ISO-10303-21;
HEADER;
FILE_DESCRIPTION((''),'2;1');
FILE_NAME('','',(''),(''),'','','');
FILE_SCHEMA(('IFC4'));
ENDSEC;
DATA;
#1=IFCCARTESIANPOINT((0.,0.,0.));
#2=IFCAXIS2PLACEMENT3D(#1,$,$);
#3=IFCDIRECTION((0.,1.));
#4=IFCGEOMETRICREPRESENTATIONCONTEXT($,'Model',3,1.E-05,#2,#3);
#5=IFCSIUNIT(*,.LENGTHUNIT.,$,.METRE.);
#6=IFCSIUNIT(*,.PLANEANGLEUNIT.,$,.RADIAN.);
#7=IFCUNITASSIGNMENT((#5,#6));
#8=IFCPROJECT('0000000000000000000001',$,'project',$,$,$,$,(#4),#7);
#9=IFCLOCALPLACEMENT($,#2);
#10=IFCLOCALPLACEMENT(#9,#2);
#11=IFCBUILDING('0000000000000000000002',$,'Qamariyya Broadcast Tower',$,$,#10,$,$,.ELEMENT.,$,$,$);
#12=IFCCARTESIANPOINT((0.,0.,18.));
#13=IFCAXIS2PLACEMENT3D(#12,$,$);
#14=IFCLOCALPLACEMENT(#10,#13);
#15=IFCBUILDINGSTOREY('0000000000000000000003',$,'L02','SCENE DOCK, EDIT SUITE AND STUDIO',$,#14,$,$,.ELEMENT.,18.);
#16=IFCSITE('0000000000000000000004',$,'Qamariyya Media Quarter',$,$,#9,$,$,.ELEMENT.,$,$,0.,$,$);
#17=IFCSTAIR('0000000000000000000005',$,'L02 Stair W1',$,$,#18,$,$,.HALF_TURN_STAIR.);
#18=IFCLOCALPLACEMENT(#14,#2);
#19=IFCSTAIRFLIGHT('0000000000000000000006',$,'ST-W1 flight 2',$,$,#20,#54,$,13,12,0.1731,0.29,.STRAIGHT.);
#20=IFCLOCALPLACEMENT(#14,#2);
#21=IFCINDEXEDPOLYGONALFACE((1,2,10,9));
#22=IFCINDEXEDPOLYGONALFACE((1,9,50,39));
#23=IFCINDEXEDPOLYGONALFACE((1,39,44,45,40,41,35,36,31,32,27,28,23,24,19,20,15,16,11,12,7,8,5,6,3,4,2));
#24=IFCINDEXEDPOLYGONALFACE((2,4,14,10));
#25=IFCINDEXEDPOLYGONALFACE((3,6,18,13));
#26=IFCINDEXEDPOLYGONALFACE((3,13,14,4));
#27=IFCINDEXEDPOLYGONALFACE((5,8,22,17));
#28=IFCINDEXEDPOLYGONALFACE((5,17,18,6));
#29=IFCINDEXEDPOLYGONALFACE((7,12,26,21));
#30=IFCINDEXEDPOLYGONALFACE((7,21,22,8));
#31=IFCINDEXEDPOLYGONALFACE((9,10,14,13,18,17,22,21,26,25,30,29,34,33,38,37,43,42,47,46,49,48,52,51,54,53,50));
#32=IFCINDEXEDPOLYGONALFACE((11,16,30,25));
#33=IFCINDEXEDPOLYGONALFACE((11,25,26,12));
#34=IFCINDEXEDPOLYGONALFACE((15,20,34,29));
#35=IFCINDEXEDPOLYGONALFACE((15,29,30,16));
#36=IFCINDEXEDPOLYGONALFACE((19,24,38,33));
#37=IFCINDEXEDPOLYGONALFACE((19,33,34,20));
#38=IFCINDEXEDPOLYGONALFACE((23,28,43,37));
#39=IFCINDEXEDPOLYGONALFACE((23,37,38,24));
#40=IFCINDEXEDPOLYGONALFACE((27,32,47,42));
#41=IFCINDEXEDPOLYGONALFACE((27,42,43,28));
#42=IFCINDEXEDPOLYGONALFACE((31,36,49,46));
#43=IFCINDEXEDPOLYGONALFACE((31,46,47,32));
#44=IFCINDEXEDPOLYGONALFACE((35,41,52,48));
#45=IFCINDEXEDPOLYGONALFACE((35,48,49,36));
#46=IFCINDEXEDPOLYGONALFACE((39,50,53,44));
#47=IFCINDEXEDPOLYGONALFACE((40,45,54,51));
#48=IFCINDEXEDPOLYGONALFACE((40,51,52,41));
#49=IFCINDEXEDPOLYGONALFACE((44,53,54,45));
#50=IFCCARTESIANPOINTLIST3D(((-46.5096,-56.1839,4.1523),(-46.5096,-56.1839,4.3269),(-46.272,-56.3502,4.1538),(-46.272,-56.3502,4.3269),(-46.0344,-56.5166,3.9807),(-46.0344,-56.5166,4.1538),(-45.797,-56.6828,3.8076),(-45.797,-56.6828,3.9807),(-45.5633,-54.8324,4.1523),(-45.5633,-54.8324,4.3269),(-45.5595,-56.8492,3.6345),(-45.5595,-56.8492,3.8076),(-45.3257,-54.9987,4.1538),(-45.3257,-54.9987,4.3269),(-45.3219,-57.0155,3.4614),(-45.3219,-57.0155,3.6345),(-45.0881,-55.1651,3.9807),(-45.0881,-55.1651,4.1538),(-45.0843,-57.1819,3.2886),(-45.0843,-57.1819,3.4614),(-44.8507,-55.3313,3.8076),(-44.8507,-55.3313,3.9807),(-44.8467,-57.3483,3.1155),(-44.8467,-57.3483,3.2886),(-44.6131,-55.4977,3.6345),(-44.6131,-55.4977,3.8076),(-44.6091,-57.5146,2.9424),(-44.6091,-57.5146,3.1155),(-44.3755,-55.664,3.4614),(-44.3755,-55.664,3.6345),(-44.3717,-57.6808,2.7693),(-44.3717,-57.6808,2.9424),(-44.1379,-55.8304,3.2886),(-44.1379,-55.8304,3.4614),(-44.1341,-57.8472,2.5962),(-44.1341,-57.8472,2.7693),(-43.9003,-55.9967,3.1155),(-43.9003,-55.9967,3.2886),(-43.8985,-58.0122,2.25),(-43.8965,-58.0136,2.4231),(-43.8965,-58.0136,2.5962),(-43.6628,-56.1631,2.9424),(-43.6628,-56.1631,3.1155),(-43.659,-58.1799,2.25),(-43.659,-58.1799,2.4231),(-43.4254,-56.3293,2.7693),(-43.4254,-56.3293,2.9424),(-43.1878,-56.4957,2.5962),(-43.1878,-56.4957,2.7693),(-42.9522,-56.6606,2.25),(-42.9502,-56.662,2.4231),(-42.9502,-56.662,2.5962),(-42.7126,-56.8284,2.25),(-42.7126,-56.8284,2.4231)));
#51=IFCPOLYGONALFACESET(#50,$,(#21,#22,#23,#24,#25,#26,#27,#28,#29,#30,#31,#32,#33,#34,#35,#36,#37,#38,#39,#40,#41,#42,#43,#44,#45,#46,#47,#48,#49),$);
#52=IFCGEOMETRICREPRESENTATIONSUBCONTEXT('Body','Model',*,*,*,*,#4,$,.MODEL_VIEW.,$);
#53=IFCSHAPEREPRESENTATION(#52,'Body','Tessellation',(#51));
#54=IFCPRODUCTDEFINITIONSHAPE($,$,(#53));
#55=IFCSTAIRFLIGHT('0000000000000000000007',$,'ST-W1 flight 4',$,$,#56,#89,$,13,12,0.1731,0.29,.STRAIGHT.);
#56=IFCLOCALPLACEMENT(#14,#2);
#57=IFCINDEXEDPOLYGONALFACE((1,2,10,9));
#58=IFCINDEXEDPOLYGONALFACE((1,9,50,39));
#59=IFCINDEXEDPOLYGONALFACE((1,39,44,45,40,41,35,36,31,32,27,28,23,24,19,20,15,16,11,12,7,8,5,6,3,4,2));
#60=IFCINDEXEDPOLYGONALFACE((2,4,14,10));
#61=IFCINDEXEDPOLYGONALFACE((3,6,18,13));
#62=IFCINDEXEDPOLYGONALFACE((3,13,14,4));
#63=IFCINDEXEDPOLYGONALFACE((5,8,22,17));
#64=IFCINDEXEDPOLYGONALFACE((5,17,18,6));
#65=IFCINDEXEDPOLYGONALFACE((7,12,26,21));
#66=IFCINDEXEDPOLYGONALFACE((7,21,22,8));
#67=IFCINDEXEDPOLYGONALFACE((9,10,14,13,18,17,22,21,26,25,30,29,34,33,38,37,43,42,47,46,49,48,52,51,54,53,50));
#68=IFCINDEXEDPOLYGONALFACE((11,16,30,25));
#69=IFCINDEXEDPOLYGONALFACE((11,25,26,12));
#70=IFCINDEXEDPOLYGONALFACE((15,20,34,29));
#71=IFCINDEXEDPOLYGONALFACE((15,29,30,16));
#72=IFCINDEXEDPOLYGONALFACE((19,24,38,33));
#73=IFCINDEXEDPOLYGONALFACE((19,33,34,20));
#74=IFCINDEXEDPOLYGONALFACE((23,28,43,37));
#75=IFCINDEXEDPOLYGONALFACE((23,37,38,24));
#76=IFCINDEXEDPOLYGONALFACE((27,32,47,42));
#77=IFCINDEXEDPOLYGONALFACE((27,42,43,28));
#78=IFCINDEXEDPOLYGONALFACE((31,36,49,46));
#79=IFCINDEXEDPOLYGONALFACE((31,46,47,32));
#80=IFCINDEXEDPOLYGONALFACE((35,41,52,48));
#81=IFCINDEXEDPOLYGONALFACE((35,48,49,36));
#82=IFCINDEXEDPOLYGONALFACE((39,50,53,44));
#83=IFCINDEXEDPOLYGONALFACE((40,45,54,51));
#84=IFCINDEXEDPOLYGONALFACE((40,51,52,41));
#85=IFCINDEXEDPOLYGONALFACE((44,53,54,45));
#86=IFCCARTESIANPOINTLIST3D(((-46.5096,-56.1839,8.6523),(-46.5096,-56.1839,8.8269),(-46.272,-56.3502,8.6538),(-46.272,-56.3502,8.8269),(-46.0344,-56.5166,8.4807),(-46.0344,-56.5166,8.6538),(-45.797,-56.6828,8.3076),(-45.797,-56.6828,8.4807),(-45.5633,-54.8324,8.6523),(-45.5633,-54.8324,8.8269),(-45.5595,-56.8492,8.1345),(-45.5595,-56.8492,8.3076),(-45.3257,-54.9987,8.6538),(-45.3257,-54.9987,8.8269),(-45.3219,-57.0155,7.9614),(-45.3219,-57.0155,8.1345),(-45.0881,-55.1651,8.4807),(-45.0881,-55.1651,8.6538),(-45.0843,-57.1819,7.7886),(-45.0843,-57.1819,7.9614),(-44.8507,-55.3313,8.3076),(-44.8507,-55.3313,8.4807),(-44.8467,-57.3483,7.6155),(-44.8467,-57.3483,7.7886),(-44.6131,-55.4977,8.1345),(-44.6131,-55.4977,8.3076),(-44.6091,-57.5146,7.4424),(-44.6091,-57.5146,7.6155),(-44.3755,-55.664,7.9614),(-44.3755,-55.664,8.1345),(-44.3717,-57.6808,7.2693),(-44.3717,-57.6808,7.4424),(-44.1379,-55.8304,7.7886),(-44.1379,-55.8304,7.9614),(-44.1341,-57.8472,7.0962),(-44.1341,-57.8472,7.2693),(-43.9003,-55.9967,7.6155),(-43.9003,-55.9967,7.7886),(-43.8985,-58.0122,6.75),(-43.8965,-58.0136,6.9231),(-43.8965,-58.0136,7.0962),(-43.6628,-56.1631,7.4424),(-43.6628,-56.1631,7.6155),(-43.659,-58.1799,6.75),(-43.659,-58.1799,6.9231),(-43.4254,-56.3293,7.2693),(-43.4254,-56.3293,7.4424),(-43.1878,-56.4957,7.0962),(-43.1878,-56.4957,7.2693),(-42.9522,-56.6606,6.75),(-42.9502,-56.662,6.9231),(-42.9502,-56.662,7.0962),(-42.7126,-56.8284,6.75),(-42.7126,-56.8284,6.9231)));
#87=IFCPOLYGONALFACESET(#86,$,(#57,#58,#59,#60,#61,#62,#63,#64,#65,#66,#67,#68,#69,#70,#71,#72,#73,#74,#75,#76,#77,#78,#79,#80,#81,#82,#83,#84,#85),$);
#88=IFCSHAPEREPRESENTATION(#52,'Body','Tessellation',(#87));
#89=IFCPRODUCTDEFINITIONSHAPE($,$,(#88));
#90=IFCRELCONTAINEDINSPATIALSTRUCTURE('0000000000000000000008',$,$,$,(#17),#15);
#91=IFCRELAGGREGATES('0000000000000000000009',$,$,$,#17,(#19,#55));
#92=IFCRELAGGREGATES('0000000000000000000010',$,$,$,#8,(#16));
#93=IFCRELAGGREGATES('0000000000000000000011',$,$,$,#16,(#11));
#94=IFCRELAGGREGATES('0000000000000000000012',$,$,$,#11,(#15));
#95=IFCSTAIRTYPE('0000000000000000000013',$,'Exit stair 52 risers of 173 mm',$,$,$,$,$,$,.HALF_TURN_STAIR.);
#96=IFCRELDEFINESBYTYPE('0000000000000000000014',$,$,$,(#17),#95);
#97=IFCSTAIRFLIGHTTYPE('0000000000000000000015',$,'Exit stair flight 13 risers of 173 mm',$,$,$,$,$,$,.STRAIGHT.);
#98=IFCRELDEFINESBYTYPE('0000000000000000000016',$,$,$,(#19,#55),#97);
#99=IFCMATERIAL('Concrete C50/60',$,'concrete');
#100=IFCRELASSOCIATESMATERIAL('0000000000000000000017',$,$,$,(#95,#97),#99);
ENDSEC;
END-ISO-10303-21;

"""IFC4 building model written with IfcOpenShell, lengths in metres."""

from ifc_helpers import new_model, si_unit, direction, frame, origin, place, context, subcontext, project, spatial, polyline, outline, extrude, material, type_object, element, aggregate, save


model = new_model("IFC4")

# Units and contexts
model_context = context("Model", 3, precision=1e-05, world=origin(), true_north=direction((0.0, 1.0)))
body_context = subcontext(model_context, "Body", "Model", "MODEL_VIEW")
ifc_project = project(units=[si_unit("LENGTHUNIT", "METRE"), si_unit("PLANEANGLEUNIT", "RADIAN")], contexts=[model_context])

# Site, building, storey
site_placement = place(None, origin())
site = spatial("IfcSite", under=ifc_project, at=site_placement, Name="Qamariyya Media Quarter", CompositionType="ELEMENT", RefElevation=0.0)
building_placement = place(site_placement, origin())
building = spatial("IfcBuilding", under=site, at=building_placement, Name="Qamariyya Broadcast Tower", CompositionType="ELEMENT")
storey_placement = place(building_placement, frame((0.0, 0.0, 18.0)))
storey = spatial("IfcBuildingStorey", under=building, at=storey_placement, Name="L02", Description="SCENE DOCK, EDIT SUITE AND STUDIO", CompositionType="ELEMENT", Elevation=18.0)

# Stair, stair flights
ifc_material_1 = material(Name="Concrete C50/60", Category="concrete")
stair_type = type_object("IfcStairType", Name="Exit stair 52 risers of 173 mm", PredefinedType="HALF_TURN_STAIR", material=ifc_material_1)
stair_placement = place(storey_placement, origin())
stair = element("IfcStair", 1, at=stair_placement, inside=storey, type_object=stair_type, Name="L02 Stair W1", PredefinedType="HALF_TURN_STAIR")
stair_flight_type = type_object("IfcStairFlightType", Name="Exit stair flight 13 risers of 173 mm", PredefinedType="STRAIGHT", material=ifc_material_1)
stair_flight_1_placement = place(storey_placement, frame((-43.1858, -57.5042, 2.25), z_axis=(0.0, 0.0, 1.0), x_axis=(-0.819152, 0.573576, 0.0)))
stair_flight_1 = element("IfcStairFlight", 2, at=stair_flight_1_placement, type_object=stair_flight_type, Name="ST-W1 flight 2", NumberOfRisers=13, NumberOfTreads=12, PredefinedType="STRAIGHT", RiserHeight=0.1731, TreadLength=0.29, context=body_context, shape_type="SweptSolid", body=[
    extrude(outline(polyline([(0.0, 0.0), (0.0, 0.1731), (0.29, 0.1731), (0.29, 0.3462), (0.5801, 0.3462), (0.5801, 0.5193), (0.8701, 0.5193), (0.8701, 0.6924), (1.1599, 0.6924), (1.1599, 0.8655), (1.45, 0.8655), (1.45, 1.0386), (1.74, 1.0386), (1.74, 1.2114), (2.03, 1.2114), (2.03, 1.3845), (2.3201, 1.3845), (2.3201, 1.5576), (2.6101, 1.5576), (2.6101, 1.7307), (2.8999, 1.7307), (2.8999, 1.9038), (3.1899, 1.9038), (3.1899, 2.0769), (3.48, 2.0769), (3.48, 2.25), (3.48, 1.9023), (0.2925, 0.0), (0.0, 0.0)])), frame((0.0, 0.825, 0.0), z_axis=(0.0, -1.0, 0.0), x_axis=(1.0, 0.0, 0.0)), (0.0, 0.0, 1.0), 1.6499),
])
stair_flight_2_placement = place(storey_placement, frame((-43.1858, -57.5042, 6.75), z_axis=(0.0, 0.0, 1.0), x_axis=(-0.819152, 0.573576, 0.0)))
stair_flight_2 = element("IfcStairFlight", 3, at=stair_flight_2_placement, type_object=stair_flight_type, Name="ST-W1 flight 4", NumberOfRisers=13, NumberOfTreads=12, PredefinedType="STRAIGHT", RiserHeight=0.1731, TreadLength=0.29, context=body_context, shape_type="SweptSolid", body=[
    extrude(outline(polyline([(0.0, 0.0), (0.0, 0.1731), (0.29, 0.1731), (0.29, 0.3462), (0.5801, 0.3462), (0.5801, 0.5193), (0.8701, 0.5193), (0.8701, 0.6924), (1.1599, 0.6924), (1.1599, 0.8655), (1.45, 0.8655), (1.45, 1.0386), (1.74, 1.0386), (1.74, 1.2114), (2.03, 1.2114), (2.03, 1.3845), (2.3201, 1.3845), (2.3201, 1.5576), (2.6101, 1.5576), (2.6101, 1.7307), (2.8999, 1.7307), (2.8999, 1.9038), (3.1899, 1.9038), (3.1899, 2.0769), (3.48, 2.0769), (3.48, 2.25), (3.48, 1.9023), (0.2925, 0.0), (0.0, 0.0)])), frame((0.0, 0.825, 0.0), z_axis=(0.0, -1.0, 0.0), x_axis=(1.0, 0.0, 0.0)), (0.0, 0.0, 1.0), 1.6499),
])
aggregate(stair, [stair_flight_1, stair_flight_2])

save(model, "model.ifc")
